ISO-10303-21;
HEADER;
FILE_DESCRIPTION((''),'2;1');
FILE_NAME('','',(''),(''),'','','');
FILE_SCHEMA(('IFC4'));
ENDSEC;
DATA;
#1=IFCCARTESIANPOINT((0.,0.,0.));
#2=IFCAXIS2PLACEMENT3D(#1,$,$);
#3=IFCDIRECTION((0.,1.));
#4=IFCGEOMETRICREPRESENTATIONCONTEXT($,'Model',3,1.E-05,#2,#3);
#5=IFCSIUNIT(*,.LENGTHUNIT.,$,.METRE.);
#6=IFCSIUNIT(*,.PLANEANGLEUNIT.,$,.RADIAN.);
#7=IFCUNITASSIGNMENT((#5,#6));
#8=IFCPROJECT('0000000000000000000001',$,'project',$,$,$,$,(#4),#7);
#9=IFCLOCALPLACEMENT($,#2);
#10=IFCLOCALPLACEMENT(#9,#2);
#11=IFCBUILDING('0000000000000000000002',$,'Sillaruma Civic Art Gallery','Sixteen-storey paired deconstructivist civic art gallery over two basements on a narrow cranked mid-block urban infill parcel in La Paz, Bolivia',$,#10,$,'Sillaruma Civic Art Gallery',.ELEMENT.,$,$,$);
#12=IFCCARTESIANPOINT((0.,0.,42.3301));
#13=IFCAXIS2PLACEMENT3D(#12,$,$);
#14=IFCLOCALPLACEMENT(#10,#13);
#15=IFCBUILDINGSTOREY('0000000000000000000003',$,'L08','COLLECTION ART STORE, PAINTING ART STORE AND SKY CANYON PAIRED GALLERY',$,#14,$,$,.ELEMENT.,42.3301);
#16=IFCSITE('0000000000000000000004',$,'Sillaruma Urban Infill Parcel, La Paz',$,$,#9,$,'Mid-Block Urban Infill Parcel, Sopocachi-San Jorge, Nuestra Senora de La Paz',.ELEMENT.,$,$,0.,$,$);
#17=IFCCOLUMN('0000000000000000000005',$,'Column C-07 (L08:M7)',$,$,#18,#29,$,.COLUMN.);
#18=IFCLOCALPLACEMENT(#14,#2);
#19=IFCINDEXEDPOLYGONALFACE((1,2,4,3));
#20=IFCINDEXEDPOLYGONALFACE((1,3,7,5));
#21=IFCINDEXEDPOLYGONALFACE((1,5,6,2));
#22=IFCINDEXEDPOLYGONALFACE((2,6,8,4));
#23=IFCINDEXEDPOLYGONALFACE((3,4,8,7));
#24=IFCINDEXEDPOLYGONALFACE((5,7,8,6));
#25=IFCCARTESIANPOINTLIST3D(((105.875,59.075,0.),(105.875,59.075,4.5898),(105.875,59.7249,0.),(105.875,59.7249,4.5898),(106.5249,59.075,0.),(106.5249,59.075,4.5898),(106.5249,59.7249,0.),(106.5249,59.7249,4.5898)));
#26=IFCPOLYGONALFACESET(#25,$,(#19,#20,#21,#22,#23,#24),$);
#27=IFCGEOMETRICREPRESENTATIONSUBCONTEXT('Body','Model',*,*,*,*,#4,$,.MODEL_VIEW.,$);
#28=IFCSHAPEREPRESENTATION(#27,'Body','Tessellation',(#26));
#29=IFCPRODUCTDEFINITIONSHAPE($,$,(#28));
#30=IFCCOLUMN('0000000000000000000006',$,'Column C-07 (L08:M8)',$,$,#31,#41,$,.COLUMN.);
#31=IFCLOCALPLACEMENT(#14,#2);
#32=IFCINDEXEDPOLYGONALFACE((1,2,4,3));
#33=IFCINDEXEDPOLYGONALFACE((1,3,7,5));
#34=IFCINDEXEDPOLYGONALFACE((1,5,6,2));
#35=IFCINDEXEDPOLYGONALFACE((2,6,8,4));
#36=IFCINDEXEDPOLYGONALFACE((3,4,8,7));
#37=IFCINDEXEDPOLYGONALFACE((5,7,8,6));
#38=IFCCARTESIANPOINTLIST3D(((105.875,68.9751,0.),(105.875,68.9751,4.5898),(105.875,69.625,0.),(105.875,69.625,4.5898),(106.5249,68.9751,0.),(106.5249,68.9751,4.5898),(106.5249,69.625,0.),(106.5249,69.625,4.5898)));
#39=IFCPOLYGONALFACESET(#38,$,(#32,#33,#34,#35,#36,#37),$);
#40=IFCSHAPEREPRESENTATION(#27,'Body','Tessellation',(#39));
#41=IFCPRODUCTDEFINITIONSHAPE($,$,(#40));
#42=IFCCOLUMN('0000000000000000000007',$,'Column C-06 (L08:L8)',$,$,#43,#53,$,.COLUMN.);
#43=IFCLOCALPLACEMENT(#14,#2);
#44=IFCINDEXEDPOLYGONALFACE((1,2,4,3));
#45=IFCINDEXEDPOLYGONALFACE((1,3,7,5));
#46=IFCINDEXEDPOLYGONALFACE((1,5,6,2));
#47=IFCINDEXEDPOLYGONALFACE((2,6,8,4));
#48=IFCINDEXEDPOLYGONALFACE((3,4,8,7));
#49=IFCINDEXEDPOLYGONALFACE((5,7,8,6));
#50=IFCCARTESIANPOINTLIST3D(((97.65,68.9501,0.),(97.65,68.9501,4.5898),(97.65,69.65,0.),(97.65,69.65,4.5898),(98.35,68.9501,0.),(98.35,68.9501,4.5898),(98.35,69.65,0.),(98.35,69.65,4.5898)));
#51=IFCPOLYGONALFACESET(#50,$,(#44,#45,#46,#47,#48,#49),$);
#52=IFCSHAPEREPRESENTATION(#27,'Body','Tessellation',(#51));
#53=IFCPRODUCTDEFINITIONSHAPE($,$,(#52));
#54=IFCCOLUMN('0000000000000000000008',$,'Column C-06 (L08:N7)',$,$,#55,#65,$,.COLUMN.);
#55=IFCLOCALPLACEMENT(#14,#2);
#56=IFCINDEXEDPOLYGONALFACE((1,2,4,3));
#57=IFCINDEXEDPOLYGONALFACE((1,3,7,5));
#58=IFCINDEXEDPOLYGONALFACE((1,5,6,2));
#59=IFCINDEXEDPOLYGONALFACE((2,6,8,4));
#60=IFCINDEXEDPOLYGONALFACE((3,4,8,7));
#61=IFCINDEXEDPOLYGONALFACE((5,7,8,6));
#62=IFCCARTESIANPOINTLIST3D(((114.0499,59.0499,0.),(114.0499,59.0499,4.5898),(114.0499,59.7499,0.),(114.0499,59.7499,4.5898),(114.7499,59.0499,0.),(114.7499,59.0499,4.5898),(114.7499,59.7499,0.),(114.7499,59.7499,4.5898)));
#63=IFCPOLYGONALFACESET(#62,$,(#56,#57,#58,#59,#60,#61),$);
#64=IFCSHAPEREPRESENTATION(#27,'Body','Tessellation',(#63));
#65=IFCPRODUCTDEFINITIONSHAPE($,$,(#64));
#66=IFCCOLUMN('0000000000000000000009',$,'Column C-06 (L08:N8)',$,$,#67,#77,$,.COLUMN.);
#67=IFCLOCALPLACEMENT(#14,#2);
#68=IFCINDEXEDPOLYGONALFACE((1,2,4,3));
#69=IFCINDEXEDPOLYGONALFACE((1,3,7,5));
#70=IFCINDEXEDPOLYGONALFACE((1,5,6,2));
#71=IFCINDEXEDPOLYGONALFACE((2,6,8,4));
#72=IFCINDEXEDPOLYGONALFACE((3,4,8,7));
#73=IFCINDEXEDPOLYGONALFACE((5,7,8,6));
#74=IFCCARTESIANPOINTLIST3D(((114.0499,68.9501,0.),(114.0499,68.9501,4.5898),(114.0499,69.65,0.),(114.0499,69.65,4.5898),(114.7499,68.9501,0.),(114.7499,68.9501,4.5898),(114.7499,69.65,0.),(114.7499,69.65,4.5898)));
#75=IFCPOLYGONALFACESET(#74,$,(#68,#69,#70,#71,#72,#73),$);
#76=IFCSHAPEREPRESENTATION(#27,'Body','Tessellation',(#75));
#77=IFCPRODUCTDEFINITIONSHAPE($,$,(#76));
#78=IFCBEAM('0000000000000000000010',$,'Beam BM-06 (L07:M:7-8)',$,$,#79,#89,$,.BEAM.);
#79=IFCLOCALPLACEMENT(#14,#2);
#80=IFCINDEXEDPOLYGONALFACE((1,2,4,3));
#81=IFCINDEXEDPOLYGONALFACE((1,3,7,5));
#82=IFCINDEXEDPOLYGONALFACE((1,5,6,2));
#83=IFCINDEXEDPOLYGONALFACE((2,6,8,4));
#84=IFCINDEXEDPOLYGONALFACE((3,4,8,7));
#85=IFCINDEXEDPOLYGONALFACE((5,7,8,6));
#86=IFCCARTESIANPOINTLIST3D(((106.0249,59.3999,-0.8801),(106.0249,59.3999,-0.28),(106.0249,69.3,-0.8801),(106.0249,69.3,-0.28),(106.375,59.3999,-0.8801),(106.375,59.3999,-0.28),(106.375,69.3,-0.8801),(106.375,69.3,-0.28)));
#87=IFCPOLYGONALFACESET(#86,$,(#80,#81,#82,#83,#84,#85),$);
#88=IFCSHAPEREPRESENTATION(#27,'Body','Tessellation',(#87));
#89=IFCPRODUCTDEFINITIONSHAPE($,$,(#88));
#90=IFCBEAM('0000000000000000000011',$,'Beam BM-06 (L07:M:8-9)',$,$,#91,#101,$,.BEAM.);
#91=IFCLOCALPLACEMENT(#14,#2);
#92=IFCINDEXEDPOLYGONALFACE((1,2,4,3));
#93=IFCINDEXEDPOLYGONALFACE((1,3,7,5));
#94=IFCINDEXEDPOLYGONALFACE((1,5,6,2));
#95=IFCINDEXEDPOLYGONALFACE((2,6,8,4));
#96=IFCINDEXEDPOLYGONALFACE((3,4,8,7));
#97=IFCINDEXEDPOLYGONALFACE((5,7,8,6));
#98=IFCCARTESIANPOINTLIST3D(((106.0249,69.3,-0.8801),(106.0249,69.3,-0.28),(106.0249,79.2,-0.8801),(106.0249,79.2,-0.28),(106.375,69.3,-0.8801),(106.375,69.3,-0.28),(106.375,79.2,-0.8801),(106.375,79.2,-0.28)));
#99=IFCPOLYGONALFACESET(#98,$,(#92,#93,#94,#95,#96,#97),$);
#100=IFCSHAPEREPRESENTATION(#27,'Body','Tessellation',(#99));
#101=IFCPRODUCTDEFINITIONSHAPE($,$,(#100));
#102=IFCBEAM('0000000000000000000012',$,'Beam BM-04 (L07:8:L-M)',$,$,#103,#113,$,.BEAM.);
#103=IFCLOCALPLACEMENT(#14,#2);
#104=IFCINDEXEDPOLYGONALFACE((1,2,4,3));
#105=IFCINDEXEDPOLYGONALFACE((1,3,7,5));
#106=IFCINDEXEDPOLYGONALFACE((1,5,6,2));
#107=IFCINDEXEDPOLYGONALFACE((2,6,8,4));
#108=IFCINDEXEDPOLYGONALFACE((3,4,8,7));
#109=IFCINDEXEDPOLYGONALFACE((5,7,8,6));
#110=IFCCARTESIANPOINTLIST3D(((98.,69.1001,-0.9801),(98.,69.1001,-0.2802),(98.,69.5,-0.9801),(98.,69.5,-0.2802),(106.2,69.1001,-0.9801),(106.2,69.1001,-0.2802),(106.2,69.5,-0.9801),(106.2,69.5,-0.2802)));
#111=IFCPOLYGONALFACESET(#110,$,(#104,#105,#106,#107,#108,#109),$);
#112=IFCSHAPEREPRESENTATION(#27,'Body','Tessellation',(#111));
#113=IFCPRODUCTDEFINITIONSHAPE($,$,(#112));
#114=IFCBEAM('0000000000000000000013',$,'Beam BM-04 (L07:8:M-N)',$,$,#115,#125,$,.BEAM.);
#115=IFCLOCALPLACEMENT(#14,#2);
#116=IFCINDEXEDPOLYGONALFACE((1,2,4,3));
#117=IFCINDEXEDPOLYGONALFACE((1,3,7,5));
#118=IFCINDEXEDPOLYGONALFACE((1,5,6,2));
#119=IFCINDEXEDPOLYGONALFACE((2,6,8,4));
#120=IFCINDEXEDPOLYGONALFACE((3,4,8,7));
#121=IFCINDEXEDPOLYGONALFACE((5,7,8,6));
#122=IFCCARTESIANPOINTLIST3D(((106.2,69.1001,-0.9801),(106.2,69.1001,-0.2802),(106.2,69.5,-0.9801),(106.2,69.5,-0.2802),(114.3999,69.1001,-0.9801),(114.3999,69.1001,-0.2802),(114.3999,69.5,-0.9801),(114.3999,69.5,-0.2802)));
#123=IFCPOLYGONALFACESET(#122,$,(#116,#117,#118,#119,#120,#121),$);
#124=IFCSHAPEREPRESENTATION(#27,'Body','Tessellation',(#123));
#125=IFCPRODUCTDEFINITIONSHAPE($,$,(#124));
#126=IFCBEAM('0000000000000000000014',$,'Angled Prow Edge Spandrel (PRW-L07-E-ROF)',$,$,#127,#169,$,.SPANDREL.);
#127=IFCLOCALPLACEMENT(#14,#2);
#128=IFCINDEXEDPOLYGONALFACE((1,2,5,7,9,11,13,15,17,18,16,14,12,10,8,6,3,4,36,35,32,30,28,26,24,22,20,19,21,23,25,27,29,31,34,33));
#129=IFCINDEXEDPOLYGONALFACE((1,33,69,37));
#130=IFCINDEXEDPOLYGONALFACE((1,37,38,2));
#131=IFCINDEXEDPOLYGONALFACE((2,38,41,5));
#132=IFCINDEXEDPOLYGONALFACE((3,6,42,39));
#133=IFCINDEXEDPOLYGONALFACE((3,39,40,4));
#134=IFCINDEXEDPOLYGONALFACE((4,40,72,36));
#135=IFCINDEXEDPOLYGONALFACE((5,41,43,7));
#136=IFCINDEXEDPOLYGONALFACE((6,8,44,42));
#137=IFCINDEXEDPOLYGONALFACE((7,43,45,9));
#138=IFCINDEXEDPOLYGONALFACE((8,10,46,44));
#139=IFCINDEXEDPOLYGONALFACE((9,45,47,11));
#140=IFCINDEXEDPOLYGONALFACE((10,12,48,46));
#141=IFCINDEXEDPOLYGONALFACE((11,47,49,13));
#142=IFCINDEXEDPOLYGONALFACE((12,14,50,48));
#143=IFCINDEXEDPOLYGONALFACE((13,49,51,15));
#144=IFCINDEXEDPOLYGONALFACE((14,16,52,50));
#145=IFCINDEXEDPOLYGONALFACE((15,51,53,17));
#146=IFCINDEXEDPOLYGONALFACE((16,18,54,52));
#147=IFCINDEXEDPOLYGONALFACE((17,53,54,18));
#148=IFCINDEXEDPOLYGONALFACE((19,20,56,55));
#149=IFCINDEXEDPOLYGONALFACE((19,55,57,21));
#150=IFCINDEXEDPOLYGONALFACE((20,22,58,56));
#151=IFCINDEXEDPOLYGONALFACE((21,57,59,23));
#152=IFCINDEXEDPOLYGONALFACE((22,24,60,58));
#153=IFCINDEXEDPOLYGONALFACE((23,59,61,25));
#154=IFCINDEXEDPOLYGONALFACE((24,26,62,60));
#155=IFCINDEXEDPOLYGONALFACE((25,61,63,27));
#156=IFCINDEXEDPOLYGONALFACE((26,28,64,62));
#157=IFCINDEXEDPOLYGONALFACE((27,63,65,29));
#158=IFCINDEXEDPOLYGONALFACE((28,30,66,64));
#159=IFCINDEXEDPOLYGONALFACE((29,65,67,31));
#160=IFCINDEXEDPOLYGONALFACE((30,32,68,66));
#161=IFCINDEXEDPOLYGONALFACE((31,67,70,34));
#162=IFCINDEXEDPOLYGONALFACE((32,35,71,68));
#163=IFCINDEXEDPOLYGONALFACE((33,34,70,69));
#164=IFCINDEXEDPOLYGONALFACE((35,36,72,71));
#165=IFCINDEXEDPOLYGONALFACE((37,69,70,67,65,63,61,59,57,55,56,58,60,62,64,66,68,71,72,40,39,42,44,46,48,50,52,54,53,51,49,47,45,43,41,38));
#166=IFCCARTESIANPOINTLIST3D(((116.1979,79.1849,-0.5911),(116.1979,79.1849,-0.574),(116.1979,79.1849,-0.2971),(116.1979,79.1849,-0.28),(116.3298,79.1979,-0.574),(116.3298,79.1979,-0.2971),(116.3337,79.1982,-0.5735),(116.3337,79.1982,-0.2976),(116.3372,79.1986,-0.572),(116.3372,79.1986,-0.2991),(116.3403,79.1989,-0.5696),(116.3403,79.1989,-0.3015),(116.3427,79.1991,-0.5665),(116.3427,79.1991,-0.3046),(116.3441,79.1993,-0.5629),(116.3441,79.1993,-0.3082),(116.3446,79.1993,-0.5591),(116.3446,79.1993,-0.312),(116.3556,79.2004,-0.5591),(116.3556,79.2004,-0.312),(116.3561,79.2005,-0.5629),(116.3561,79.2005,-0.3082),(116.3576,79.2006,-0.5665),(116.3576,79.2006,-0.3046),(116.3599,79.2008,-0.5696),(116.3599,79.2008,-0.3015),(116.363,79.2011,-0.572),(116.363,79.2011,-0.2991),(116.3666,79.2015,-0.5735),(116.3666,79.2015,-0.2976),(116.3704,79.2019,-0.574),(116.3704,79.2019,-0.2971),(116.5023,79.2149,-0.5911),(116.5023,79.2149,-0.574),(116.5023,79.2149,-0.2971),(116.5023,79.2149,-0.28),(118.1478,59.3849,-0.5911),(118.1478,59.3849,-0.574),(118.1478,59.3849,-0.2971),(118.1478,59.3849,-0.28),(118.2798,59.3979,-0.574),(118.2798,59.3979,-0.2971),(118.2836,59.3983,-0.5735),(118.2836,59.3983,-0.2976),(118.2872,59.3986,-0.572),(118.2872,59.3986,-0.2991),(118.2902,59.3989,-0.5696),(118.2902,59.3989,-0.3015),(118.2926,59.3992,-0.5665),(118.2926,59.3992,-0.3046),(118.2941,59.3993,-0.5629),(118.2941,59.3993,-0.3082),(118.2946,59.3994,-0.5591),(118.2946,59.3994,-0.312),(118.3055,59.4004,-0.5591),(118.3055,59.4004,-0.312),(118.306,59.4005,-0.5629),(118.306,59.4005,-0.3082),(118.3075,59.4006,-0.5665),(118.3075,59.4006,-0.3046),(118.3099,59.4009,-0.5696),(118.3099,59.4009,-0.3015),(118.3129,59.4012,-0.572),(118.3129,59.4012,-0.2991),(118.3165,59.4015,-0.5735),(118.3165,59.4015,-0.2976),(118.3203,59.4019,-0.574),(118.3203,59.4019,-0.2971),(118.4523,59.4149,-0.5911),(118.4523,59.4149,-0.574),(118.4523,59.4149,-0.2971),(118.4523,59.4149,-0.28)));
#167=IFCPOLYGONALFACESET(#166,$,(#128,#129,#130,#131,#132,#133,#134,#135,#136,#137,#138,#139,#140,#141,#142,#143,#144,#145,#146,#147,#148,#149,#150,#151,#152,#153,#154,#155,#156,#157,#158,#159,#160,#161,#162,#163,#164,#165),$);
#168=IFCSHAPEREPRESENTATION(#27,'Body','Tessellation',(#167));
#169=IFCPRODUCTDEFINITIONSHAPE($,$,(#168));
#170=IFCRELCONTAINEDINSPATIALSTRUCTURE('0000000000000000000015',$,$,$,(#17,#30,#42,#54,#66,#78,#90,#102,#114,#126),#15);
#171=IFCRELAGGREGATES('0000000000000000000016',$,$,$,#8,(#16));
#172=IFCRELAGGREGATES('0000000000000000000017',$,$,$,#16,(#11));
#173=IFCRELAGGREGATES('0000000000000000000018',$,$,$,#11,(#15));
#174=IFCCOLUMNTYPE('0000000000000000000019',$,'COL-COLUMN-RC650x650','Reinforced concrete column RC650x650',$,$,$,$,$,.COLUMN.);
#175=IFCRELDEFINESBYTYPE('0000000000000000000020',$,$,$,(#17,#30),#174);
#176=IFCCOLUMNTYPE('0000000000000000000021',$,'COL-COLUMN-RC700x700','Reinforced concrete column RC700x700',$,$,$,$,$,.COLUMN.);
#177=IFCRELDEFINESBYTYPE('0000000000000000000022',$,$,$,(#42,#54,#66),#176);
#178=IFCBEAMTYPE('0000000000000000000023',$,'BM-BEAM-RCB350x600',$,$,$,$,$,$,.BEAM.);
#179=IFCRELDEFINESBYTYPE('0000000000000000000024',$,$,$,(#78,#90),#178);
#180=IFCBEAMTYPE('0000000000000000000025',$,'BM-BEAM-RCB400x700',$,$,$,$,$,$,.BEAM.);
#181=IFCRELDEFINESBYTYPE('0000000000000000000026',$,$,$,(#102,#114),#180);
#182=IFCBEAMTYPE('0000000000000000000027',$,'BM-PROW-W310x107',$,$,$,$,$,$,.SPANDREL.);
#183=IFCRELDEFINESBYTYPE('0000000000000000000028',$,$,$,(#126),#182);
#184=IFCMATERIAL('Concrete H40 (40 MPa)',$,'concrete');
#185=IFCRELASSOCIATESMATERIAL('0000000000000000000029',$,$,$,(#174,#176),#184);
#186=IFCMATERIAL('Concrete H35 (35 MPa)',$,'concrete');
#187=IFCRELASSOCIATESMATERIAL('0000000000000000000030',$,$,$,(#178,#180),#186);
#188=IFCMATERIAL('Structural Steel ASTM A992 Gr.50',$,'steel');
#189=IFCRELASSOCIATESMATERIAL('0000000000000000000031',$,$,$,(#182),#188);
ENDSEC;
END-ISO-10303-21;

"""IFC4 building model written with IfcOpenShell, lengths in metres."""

from ifc_helpers import new_model, si_unit, direction, frame, origin, origin_2d, place, context, subcontext, project, spatial, rectangle, i_section, extrude, material, material_profile, profile_set, type_object, element, save


model = new_model("IFC4")

# Units and contexts
model_context = context("Model", 3, precision=1e-05, world=origin(), true_north=direction((0.0, 1.0)))
body_context = subcontext(model_context, "Body", "Model", "MODEL_VIEW")
ifc_project = project(units=[si_unit("LENGTHUNIT", "METRE"), si_unit("PLANEANGLEUNIT", "RADIAN")], contexts=[model_context])

# Site, building, storey
site_placement = place(None, origin())
site = spatial("IfcSite", under=ifc_project, at=site_placement, Name="Sillaruma Urban Infill Parcel, La Paz", LongName="Mid-Block Urban Infill Parcel, Sopocachi-San Jorge, Nuestra Senora de La Paz", CompositionType="ELEMENT", RefElevation=0.0)
building_placement = place(site_placement, origin())
building = spatial("IfcBuilding", under=site, at=building_placement, Name="Sillaruma Civic Art Gallery", Description="Sixteen-storey paired deconstructivist civic art gallery over two basements on a narrow cranked mid-block urban infill parcel in La Paz, Bolivia", LongName="Sillaruma Civic Art Gallery", CompositionType="ELEMENT")
storey_placement = place(building_placement, frame((0.0, 0.0, 42.3301)))
storey = spatial("IfcBuildingStorey", under=building, at=storey_placement, Name="L08", Description="COLLECTION ART STORE, PAINTING ART STORE AND SKY CANYON PAIRED GALLERY", CompositionType="ELEMENT", Elevation=42.3301)

# Columns
ifc_material_1 = material(Name="Concrete H40 (40 MPa)", Category="concrete")
ifc_material_profile_1 = material_profile(ifc_material_1, rectangle(XDim=0.6499, YDim=0.6499, at=origin_2d()), Name="RC650x650")
ifc_profile_set_1 = profile_set([ifc_material_profile_1], Name="Concrete H40 (40 MPa)")
column_type_1 = type_object("IfcColumnType", Name="COL-COLUMN-RC650x650", Description="Reinforced concrete column RC650x650", PredefinedType="COLUMN", material=ifc_profile_set_1)
for number, where, z_axis, x_axis, name in (
    (1, (106.2, 59.3999, 0.0), (0.0, 0.0, 1.0), (1.0, 0.0, 0.0), "Column C-07 (L08:M7)"),
    (2, (106.2, 69.3, 0.0), (0.0, 0.0, 1.0), (1.0, 0.0, 0.0), "Column C-07 (L08:M8)"),
):
    element("IfcColumn", number, at=place(storey_placement, frame(where, z_axis=z_axis, x_axis=x_axis)), inside=storey, type_object=column_type_1, Name=name, PredefinedType="COLUMN", context=body_context, shape_type="SweptSolid", body=[
        extrude(rectangle(XDim=0.6499, YDim=0.6499, at=origin_2d()), origin(), (0.0, 0.0, 1.0), 4.5898),
    ])
ifc_material_profile_2 = material_profile(ifc_material_1, rectangle(XDim=0.7, YDim=0.7, at=origin_2d()), Name="RC700x700")
ifc_profile_set_2 = profile_set([ifc_material_profile_2], Name="Concrete H40 (40 MPa)")
column_type_2 = type_object("IfcColumnType", Name="COL-COLUMN-RC700x700", Description="Reinforced concrete column RC700x700", PredefinedType="COLUMN", material=ifc_profile_set_2)
for number, where, z_axis, x_axis, name in (
    (3, (98.0, 69.3, 0.0), (0.0, 0.0, 1.0), (1.0, 0.0, 0.0), "Column C-06 (L08:L8)"),
    (4, (114.3999, 59.3999, 0.0), (0.0, 0.0, 1.0), (1.0, 0.0, 0.0), "Column C-06 (L08:N7)"),
    (5, (114.3999, 69.3, 0.0), (0.0, 0.0, 1.0), (1.0, 0.0, 0.0), "Column C-06 (L08:N8)"),
):
    element("IfcColumn", number, at=place(storey_placement, frame(where, z_axis=z_axis, x_axis=x_axis)), inside=storey, type_object=column_type_2, Name=name, PredefinedType="COLUMN", context=body_context, shape_type="SweptSolid", body=[
        extrude(rectangle(XDim=0.7, YDim=0.7, at=origin_2d()), origin(), (0.0, 0.0, 1.0), 4.5898),
    ])

# Beams
ifc_material_2 = material(Name="Concrete H35 (35 MPa)", Category="concrete")
ifc_material_profile_3 = material_profile(ifc_material_2, rectangle(XDim=0.3501, YDim=0.6001, at=origin_2d()), Name="RCB350x600")
ifc_profile_set_3 = profile_set([ifc_material_profile_3], Name="Concrete H35 (35 MPa)")
beam_type_1 = type_object("IfcBeamType", Name="BM-BEAM-RCB350x600", PredefinedType="BEAM", material=ifc_profile_set_3)
beam_1_placement = place(storey_placement, frame((106.2, 59.3999, -0.5801), z_axis=(0.0, 1.0, 0.0), x_axis=(-1.0, 0.0, 0.0)))
element("IfcBeam", 6, at=beam_1_placement, inside=storey, type_object=beam_type_1, Name="Beam BM-06 (L07:M:7-8)", PredefinedType="BEAM", context=body_context, shape_type="SweptSolid", body=[
    extrude(rectangle(XDim=0.3501, YDim=0.6001, at=origin_2d()), origin(), (0.0, 0.0, 1.0), 9.9001),
])
beam_2_placement = place(storey_placement, frame((106.2, 69.3, -0.5801), z_axis=(0.0, 1.0, 0.0), x_axis=(-1.0, 0.0, 0.0)))
element("IfcBeam", 7, at=beam_2_placement, inside=storey, type_object=beam_type_1, Name="Beam BM-06 (L07:M:8-9)", PredefinedType="BEAM", context=body_context, shape_type="SweptSolid", body=[
    extrude(rectangle(XDim=0.3501, YDim=0.6001, at=origin_2d()), origin(), (0.0, 0.0, 1.0), 9.8999),
])
ifc_material_profile_4 = material_profile(ifc_material_2, rectangle(XDim=0.3999, YDim=0.7, at=origin_2d()), Name="RCB400x700")
ifc_profile_set_4 = profile_set([ifc_material_profile_4], Name="Concrete H35 (35 MPa)")
beam_type_2 = type_object("IfcBeamType", Name="BM-BEAM-RCB400x700", PredefinedType="BEAM", material=ifc_profile_set_4)
for number, where, z_axis, x_axis, name in (
    (8, (98.0, 69.3, -0.6301), (1.0, 0.0, 0.0), (0.0, 1.0, 0.0), "Beam BM-04 (L07:8:L-M)"),
    (9, (106.2, 69.3, -0.6301), (1.0, 0.0, 0.0), (0.0, 1.0, 0.0), "Beam BM-04 (L07:8:M-N)"),
):
    element("IfcBeam", number, at=place(storey_placement, frame(where, z_axis=z_axis, x_axis=x_axis)), inside=storey, type_object=beam_type_2, Name=name, PredefinedType="BEAM", context=body_context, shape_type="SweptSolid", body=[
        extrude(rectangle(XDim=0.3999, YDim=0.7, at=origin_2d()), origin(), (0.0, 0.0, 1.0), 8.2),
    ])
ifc_material_3 = material(Name="Structural Steel ASTM A992 Gr.50", Category="steel")
ifc_material_profile_5 = material_profile(ifc_material_3, i_section(OverallWidth=0.3059, OverallDepth=0.311, WebThickness=0.011, FlangeThickness=0.0171, FilletRadius=0.0149, at=origin_2d()), Name="W310x107")
ifc_profile_set_5 = profile_set([ifc_material_profile_5], Name="Structural Steel ASTM A992 Gr.50")
beam_type_3 = type_object("IfcBeamType", Name="BM-PROW-W310x107", PredefinedType="SPANDREL", material=ifc_profile_set_5)
beam_3_placement = place(storey_placement, frame((118.3, 59.3999, -0.4355), z_axis=(-0.098008, 0.995186, 0.0), x_axis=(-0.995186, -0.098008, 0.0)))
element("IfcBeam", 10, at=beam_3_placement, inside=storey, type_object=beam_type_3, Name="Angled Prow Edge Spandrel (PRW-L07-E-ROF)", PredefinedType="SPANDREL", context=body_context, shape_type="SweptSolid", body=[
    extrude(i_section(OverallWidth=0.3059, OverallDepth=0.311, WebThickness=0.011, FlangeThickness=0.0171, FilletRadius=0.0149, at=origin_2d()), origin(), (0.0, 0.0, 1.0), 19.8958),
])

save(model, "model.ifc")
